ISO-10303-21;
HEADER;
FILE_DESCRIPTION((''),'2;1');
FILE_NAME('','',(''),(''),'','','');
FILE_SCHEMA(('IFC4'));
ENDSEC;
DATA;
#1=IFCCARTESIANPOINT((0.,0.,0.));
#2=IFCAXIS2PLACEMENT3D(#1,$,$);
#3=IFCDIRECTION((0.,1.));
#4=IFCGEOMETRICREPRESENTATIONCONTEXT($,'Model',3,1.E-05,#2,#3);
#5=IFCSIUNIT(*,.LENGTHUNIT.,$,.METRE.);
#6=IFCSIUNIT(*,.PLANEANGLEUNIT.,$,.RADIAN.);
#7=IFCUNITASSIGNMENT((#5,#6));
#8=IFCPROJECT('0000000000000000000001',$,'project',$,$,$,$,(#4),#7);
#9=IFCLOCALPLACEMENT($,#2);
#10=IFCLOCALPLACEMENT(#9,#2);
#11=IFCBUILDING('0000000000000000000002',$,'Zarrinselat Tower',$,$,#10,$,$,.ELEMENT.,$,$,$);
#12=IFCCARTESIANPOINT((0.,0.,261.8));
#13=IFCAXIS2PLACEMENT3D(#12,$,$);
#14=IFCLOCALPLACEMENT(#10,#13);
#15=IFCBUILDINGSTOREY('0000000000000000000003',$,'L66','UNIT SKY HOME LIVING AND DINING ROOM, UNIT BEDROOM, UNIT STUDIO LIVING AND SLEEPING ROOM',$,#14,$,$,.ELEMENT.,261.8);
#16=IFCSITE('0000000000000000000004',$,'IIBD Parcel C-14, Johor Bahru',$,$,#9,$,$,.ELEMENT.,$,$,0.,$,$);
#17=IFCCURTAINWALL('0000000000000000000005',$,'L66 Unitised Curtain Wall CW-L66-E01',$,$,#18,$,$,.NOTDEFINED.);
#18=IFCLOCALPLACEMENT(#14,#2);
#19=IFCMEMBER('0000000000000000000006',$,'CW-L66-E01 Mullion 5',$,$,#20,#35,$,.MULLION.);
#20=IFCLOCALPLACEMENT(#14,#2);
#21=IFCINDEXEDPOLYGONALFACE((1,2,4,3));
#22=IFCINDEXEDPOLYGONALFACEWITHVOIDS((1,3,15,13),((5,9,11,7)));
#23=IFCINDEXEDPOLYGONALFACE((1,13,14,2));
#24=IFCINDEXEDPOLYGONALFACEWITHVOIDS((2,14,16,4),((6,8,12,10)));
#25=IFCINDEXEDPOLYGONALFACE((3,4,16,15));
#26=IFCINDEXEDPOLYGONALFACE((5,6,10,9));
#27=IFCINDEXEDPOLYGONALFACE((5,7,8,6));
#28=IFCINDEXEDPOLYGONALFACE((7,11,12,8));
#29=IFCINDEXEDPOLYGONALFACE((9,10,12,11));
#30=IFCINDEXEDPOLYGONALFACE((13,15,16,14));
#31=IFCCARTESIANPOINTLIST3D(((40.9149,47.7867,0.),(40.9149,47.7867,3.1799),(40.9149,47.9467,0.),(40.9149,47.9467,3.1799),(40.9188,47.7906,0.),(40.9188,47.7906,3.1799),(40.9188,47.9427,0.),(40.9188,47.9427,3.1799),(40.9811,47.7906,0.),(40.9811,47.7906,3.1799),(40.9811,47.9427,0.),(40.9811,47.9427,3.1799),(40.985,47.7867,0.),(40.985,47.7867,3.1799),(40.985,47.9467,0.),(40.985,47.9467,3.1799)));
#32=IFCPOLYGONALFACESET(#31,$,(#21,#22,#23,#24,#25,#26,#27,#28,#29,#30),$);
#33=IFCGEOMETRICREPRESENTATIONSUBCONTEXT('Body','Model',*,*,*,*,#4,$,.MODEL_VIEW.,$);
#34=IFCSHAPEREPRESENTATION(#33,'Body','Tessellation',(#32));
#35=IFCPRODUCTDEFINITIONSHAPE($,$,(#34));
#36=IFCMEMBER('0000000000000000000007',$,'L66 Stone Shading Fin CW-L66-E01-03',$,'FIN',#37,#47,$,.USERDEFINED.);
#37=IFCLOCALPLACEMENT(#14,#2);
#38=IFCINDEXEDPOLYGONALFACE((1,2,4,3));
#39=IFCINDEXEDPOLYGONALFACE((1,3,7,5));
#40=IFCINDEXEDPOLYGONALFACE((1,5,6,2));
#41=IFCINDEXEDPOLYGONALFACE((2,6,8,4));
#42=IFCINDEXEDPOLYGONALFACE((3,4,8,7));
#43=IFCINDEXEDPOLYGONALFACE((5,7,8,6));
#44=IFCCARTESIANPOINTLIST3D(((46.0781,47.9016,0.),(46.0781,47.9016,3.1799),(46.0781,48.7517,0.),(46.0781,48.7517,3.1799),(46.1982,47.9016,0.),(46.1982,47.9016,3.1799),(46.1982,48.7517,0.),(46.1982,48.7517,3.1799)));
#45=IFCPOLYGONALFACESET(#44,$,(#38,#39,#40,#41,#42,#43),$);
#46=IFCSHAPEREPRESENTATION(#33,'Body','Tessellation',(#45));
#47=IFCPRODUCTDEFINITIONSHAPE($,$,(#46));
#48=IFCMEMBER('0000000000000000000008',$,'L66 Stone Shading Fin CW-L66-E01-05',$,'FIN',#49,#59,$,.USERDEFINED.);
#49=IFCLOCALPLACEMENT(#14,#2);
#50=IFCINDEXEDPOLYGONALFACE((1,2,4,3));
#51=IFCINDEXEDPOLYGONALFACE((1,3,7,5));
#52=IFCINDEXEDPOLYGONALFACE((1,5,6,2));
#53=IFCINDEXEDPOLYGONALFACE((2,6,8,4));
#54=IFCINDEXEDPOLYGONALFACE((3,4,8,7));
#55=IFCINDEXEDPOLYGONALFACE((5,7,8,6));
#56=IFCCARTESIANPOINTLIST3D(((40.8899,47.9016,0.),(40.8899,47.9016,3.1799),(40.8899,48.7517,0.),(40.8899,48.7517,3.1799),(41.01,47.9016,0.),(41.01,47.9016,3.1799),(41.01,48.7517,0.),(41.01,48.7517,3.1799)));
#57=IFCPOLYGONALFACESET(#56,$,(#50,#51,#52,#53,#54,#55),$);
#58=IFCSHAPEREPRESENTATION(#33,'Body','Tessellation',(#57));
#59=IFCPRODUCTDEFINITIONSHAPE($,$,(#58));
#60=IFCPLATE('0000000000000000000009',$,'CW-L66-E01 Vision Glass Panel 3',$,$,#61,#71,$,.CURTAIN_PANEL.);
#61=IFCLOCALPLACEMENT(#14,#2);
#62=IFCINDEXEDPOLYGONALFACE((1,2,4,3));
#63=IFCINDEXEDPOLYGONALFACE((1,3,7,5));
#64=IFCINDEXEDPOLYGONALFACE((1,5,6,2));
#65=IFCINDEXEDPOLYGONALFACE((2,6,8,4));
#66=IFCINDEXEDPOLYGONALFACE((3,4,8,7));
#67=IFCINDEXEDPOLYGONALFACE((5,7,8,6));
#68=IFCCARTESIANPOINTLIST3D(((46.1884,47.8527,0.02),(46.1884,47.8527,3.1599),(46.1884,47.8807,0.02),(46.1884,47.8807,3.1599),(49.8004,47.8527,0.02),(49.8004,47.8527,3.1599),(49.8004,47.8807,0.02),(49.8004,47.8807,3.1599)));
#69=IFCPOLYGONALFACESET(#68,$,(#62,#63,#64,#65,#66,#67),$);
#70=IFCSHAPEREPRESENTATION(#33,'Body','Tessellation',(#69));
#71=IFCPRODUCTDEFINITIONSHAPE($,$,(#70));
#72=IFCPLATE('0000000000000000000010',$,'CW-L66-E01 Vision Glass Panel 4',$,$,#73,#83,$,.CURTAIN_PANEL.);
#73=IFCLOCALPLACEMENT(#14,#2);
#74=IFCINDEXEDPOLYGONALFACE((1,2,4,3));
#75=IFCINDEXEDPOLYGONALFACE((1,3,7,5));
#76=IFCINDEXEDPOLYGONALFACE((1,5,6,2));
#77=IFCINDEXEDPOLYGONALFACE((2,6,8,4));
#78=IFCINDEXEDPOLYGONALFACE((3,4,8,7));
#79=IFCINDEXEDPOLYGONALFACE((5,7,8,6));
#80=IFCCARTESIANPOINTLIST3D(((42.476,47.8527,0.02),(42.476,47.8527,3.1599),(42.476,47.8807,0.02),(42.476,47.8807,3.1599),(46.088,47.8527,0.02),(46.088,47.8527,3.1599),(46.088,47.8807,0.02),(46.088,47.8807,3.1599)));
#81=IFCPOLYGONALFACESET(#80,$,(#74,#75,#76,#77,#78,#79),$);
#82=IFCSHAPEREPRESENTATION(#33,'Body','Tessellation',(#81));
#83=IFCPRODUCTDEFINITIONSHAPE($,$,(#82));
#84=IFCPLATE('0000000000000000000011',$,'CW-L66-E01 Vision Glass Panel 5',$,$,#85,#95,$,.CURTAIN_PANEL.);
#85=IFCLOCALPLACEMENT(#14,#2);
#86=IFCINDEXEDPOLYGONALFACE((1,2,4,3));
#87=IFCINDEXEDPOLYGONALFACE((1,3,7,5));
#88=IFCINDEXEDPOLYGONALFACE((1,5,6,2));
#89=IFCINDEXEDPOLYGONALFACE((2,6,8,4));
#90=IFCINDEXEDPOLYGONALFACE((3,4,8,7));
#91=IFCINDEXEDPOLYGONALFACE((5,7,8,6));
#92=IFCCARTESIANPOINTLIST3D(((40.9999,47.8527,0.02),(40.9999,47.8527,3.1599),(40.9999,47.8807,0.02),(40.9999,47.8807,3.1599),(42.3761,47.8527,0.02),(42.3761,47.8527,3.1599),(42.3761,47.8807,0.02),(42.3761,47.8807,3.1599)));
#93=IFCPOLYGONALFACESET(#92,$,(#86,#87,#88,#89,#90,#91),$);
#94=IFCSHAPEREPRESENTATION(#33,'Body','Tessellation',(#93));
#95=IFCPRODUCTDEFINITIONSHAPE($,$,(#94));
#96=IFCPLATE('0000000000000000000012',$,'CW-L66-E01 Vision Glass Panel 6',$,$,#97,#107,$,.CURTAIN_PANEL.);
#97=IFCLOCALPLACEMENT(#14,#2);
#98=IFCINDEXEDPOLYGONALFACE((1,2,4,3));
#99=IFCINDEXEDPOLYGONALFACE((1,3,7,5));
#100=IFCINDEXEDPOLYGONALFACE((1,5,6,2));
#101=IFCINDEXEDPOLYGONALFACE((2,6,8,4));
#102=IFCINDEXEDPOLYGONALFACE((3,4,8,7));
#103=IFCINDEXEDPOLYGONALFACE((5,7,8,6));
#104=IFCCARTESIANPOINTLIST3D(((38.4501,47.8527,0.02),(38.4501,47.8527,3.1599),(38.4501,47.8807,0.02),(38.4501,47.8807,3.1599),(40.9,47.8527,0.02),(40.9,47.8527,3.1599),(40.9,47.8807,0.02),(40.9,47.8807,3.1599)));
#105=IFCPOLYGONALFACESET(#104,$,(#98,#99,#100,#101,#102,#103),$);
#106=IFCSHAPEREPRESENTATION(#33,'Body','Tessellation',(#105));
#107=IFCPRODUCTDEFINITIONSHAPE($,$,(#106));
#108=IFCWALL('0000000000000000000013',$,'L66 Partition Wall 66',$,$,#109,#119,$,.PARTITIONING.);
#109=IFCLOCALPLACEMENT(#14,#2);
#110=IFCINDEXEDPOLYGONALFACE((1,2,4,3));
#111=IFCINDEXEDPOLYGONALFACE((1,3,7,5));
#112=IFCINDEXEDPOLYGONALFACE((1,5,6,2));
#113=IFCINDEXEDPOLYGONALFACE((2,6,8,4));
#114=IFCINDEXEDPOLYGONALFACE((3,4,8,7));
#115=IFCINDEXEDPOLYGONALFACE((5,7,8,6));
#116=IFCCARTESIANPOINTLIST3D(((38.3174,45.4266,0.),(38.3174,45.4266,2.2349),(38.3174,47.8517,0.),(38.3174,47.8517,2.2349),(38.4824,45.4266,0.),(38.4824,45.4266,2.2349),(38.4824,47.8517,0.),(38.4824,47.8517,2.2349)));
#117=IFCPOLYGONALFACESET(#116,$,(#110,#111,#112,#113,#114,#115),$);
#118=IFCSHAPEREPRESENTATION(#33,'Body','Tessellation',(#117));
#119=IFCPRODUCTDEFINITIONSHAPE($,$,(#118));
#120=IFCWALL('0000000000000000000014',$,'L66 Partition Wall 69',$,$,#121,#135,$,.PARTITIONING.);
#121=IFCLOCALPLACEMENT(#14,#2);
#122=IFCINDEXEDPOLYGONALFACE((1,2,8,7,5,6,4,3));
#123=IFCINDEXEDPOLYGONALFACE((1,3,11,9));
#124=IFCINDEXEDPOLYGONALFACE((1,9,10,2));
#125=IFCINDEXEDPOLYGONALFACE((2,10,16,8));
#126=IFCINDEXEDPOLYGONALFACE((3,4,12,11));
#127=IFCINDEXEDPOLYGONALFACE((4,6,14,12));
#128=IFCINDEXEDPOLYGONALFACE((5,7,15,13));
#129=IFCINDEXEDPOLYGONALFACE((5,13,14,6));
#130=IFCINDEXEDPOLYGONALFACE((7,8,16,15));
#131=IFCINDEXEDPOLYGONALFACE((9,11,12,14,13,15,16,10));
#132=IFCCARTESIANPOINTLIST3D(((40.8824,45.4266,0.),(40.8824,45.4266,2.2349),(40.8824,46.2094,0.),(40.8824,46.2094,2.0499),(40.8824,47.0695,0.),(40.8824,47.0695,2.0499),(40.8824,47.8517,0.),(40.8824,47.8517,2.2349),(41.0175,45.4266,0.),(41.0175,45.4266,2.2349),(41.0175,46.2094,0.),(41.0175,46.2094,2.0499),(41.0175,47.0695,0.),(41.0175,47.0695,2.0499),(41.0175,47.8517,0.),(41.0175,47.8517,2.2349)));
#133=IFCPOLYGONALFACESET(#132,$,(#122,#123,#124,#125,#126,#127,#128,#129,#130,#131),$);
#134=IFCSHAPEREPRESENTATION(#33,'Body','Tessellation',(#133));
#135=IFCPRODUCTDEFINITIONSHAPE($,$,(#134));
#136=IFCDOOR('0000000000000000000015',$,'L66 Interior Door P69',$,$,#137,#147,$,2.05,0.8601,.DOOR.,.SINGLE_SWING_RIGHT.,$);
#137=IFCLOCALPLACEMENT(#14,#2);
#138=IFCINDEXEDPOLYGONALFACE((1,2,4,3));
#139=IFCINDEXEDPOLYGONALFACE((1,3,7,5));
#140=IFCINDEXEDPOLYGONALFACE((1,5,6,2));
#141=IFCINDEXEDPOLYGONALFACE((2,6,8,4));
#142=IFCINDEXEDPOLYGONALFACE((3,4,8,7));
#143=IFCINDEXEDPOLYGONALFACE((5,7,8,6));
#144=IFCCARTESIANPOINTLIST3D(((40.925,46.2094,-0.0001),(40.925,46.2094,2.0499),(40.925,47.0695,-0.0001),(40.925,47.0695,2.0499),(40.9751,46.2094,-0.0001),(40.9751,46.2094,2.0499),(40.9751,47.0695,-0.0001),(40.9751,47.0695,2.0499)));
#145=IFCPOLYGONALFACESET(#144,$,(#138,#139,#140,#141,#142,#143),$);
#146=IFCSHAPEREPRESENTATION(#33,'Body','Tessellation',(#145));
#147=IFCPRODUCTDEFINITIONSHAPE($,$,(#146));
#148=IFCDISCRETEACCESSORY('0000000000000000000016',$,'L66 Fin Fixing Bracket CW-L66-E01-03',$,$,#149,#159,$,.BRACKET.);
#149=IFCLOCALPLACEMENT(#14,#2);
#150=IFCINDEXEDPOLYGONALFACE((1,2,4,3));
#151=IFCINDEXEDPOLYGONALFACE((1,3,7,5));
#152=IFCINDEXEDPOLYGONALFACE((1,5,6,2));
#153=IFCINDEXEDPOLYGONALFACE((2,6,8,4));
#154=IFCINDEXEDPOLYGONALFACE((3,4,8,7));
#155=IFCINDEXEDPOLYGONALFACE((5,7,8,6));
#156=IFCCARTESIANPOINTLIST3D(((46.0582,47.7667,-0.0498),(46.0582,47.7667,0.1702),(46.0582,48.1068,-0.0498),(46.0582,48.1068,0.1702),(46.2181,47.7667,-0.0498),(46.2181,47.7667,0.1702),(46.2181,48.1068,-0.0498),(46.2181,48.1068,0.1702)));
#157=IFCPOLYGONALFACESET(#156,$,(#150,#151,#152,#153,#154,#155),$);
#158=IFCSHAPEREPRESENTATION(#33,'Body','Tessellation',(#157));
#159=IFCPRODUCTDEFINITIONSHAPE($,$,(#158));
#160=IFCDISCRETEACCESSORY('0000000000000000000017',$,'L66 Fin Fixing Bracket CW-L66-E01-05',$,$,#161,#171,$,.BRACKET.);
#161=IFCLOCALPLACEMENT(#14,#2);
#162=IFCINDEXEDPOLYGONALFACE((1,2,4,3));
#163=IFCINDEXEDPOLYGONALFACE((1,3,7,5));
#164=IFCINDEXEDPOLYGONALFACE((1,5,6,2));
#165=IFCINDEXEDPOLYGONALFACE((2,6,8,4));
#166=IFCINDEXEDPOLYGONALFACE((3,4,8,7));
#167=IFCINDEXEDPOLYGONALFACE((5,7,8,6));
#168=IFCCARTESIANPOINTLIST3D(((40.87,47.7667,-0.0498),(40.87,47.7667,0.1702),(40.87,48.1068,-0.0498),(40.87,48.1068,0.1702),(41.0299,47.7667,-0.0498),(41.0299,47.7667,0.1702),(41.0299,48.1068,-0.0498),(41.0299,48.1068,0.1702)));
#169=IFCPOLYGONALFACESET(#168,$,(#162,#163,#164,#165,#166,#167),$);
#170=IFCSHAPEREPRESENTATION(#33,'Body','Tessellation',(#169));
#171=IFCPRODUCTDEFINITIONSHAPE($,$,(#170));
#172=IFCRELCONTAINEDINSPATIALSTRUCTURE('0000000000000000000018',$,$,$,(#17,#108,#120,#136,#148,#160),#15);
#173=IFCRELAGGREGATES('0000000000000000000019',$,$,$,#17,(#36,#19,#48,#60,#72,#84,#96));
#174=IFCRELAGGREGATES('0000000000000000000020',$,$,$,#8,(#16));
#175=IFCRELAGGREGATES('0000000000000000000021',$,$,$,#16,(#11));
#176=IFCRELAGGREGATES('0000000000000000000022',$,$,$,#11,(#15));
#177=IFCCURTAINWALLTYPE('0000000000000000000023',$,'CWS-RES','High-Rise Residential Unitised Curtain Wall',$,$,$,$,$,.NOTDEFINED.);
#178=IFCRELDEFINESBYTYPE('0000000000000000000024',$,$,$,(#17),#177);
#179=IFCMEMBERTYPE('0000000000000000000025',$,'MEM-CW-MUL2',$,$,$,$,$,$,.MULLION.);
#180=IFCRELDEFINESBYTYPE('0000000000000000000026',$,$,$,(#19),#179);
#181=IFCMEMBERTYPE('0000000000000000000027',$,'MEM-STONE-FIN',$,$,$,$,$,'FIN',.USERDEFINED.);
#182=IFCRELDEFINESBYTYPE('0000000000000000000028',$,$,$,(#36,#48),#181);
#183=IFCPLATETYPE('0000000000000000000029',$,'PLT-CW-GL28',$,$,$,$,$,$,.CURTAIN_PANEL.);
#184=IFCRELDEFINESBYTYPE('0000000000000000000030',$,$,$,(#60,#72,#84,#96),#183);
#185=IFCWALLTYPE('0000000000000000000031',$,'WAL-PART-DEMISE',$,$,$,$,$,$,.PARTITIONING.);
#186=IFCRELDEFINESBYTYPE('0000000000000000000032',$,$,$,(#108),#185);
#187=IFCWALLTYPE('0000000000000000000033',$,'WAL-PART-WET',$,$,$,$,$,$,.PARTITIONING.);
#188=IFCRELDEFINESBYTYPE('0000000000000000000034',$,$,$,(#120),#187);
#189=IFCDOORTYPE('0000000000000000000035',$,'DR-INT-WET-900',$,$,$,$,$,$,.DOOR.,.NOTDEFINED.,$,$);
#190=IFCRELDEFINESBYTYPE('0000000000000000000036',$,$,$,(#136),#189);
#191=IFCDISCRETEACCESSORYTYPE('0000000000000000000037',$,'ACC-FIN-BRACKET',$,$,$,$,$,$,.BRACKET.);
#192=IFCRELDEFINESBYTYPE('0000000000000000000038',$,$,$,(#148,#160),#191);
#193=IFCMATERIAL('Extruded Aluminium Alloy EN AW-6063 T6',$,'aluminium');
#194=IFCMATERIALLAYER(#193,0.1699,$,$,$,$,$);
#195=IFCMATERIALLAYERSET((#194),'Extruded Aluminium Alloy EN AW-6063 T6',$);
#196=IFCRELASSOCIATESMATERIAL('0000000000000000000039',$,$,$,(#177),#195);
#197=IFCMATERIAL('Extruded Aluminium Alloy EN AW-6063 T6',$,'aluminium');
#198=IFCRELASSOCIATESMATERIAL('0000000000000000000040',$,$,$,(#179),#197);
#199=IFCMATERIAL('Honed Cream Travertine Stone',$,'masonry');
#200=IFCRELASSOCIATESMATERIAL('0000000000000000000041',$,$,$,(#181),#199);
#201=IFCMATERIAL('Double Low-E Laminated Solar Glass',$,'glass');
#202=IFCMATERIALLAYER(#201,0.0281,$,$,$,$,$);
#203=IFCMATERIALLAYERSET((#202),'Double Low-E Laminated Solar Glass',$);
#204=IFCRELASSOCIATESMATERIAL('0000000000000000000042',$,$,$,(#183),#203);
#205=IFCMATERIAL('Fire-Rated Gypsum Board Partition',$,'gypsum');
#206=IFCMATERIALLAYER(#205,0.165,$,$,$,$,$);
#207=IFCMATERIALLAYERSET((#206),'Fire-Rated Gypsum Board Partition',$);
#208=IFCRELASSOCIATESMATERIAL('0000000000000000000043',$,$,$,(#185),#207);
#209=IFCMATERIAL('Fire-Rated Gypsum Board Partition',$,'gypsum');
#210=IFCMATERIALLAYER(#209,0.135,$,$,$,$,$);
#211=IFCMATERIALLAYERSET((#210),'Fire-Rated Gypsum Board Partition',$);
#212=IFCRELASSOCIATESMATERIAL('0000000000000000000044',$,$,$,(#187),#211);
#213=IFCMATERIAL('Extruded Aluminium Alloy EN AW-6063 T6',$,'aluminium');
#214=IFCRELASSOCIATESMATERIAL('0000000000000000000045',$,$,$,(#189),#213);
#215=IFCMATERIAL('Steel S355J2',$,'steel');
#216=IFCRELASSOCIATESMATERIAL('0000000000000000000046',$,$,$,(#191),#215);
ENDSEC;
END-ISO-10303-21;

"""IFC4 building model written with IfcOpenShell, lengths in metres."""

from ifc_helpers import new_model, si_unit, direction, frame, frame_2d, origin, origin_2d, place, context, subcontext, project, spatial, rectangle, hollow_rectangle, extrude, material, layer, layer_set, material_profile, profile_set, type_object, element, fill, aggregate, save


model = new_model("IFC4")

# Units and contexts
model_context = context("Model", 3, precision=1e-05, world=origin(), true_north=direction((0.0, 1.0)))
body_context = subcontext(model_context, "Body", "Model", "MODEL_VIEW")
ifc_project = project(units=[si_unit("LENGTHUNIT", "METRE"), si_unit("PLANEANGLEUNIT", "RADIAN")], contexts=[model_context])

# Site, building, storey
site_placement = place(None, origin())
site = spatial("IfcSite", under=ifc_project, at=site_placement, Name="IIBD Parcel C-14, Johor Bahru", CompositionType="ELEMENT", RefElevation=0.0)
building_placement = place(site_placement, origin())
building = spatial("IfcBuilding", under=site, at=building_placement, Name="Zarrinselat Tower", CompositionType="ELEMENT")
storey_placement = place(building_placement, frame((0.0, 0.0, 261.8)))
storey = spatial("IfcBuildingStorey", under=building, at=storey_placement, Name="L66", Description="UNIT SKY HOME LIVING AND DINING ROOM, UNIT BEDROOM, UNIT STUDIO LIVING AND SLEEPING ROOM", CompositionType="ELEMENT", Elevation=261.8)

# Curtain wall, members, plates
ifc_material_1 = material(Name="Extruded Aluminium Alloy EN AW-6063 T6", Category="aluminium")
ifc_layer_1 = layer(ifc_material_1, 0.1699)
ifc_layer_set_1 = layer_set([ifc_layer_1], Name="Extruded Aluminium Alloy EN AW-6063 T6")
curtain_wall_type = type_object("IfcCurtainWallType", Name="CWS-RES", Description="High-Rise Residential Unitised Curtain Wall", PredefinedType="NOTDEFINED", material=ifc_layer_set_1)
curtain_wall_placement = place(storey_placement, origin())
curtain_wall = element("IfcCurtainWall", 1, at=curtain_wall_placement, inside=storey, type_object=curtain_wall_type, Name="L66 Unitised Curtain Wall CW-L66-E01", PredefinedType="NOTDEFINED")
ifc_material_2 = material(Name="Extruded Aluminium Alloy EN AW-6063 T6", Category="aluminium")
ifc_material_profile_1 = material_profile(ifc_material_2, hollow_rectangle(XDim=0.0701, YDim=0.1599, WallThickness=0.0039, at=origin_2d()), Name="RHS 160x70x4")
ifc_profile_set_1 = profile_set([ifc_material_profile_1], Name="Extruded Aluminium Alloy EN AW-6063 T6")
member_type_1 = type_object("IfcMemberType", Name="MEM-CW-MUL2", PredefinedType="MULLION", material=ifc_profile_set_1)
member_1_placement = place(storey_placement, frame((40.95, 47.8667, 0.0), z_axis=(0.0, 0.0, 1.0), x_axis=(-1.0, 0.0, 0.0)))
member_1 = element("IfcMember", 2, at=member_1_placement, type_object=member_type_1, Name="CW-L66-E01 Mullion 5", PredefinedType="MULLION", context=body_context, shape_type="SweptSolid", body=[
    extrude(hollow_rectangle(XDim=0.0701, YDim=0.1599, WallThickness=0.0039, at=origin_2d()), origin(), (0.0, 0.0, 1.0), 3.1799),
])
ifc_material_3 = material(Name="Honed Cream Travertine Stone", Category="masonry")
ifc_material_profile_2 = material_profile(ifc_material_3, rectangle(XDim=0.1201, YDim=0.8501, at=origin_2d()), Name="FIN 850x120")
ifc_profile_set_2 = profile_set([ifc_material_profile_2], Name="Honed Cream Travertine Stone")
member_type_2 = type_object("IfcMemberType", Name="MEM-STONE-FIN", ElementType="FIN", PredefinedType="USERDEFINED", material=ifc_profile_set_2)
member_2_placement = place(storey_placement, frame((46.1382, 48.3267, 0.0), z_axis=(0.0, 0.0, 1.0), x_axis=(1.0, 0.0, 0.0)))
member_2 = element("IfcMember", 3, at=member_2_placement, type_object=member_type_2, Name="L66 Stone Shading Fin CW-L66-E01-03", ObjectType="FIN", PredefinedType="USERDEFINED", context=body_context, shape_type="SweptSolid", body=[
    extrude(rectangle(XDim=0.1201, YDim=0.8501, at=origin_2d()), origin(), (0.0, 0.0, 1.0), 3.1799),
])
member_3_placement = place(storey_placement, frame((40.95, 48.3267, 0.0), z_axis=(0.0, 0.0, 1.0), x_axis=(1.0, 0.0, 0.0)))
member_3 = element("IfcMember", 4, at=member_3_placement, type_object=member_type_2, Name="L66 Stone Shading Fin CW-L66-E01-05", ObjectType="FIN", PredefinedType="USERDEFINED", context=body_context, shape_type="SweptSolid", body=[
    extrude(rectangle(XDim=0.1201, YDim=0.8501, at=origin_2d()), origin(), (0.0, 0.0, 1.0), 3.1799),
])
ifc_material_4 = material(Name="Double Low-E Laminated Solar Glass", Category="glass")
ifc_layer_2 = layer(ifc_material_4, 0.0281)
ifc_layer_set_2 = layer_set([ifc_layer_2], Name="Double Low-E Laminated Solar Glass")
plate_type = type_object("IfcPlateType", Name="PLT-CW-GL28", PredefinedType="CURTAIN_PANEL", material=ifc_layer_set_2)
plate_1_placement = place(storey_placement, frame((47.9944, 47.8667, 0.02), z_axis=(0.0, 0.0, 1.0), x_axis=(-1.0, 0.0, 0.0)))
plate_1 = element("IfcPlate", 5, at=plate_1_placement, type_object=plate_type, Name="CW-L66-E01 Vision Glass Panel 3", PredefinedType="CURTAIN_PANEL", context=body_context, shape_type="SweptSolid", body=[
    extrude(rectangle(XDim=3.6121, YDim=0.0281, at=origin_2d()), origin(), (0.0, 0.0, 1.0), 3.1399),
])
plate_2_placement = place(storey_placement, frame((44.282, 47.8667, 0.02), z_axis=(0.0, 0.0, 1.0), x_axis=(-1.0, 0.0, 0.0)))
plate_2 = element("IfcPlate", 6, at=plate_2_placement, type_object=plate_type, Name="CW-L66-E01 Vision Glass Panel 4", PredefinedType="CURTAIN_PANEL", context=body_context, shape_type="SweptSolid", body=[
    extrude(rectangle(XDim=3.6121, YDim=0.0281, at=origin_2d()), origin(), (0.0, 0.0, 1.0), 3.1399),
])
plate_3_placement = place(storey_placement, frame((41.688, 47.8667, 0.02), z_axis=(0.0, 0.0, 1.0), x_axis=(-1.0, 0.0, 0.0)))
plate_3 = element("IfcPlate", 7, at=plate_3_placement, type_object=plate_type, Name="CW-L66-E01 Vision Glass Panel 5", PredefinedType="CURTAIN_PANEL", context=body_context, shape_type="SweptSolid", body=[
    extrude(rectangle(XDim=1.3762, YDim=0.0281, at=origin_2d()), origin(), (0.0, 0.0, 1.0), 3.1399),
])
plate_4_placement = place(storey_placement, frame((39.675, 47.8667, 0.02), z_axis=(0.0, 0.0, 1.0), x_axis=(-1.0, 0.0, 0.0)))
plate_4 = element("IfcPlate", 8, at=plate_4_placement, type_object=plate_type, Name="CW-L66-E01 Vision Glass Panel 6", PredefinedType="CURTAIN_PANEL", context=body_context, shape_type="SweptSolid", body=[
    extrude(rectangle(XDim=2.45, YDim=0.0281, at=origin_2d()), origin(), (0.0, 0.0, 1.0), 3.1399),
])
aggregate(curtain_wall, [member_2, member_1, member_3, plate_1, plate_2, plate_3, plate_4])

# Wall
ifc_material_5 = material(Name="Fire-Rated Gypsum Board Partition", Category="gypsum")
ifc_layer_3 = layer(ifc_material_5, 0.165)
ifc_layer_set_3 = layer_set([ifc_layer_3], Name="Fire-Rated Gypsum Board Partition")
wall_type_1 = type_object("IfcWallType", Name="WAL-PART-DEMISE", PredefinedType="PARTITIONING", material=ifc_layer_set_3)
wall_1_placement = place(storey_placement, frame((38.3999, 45.4268, 0.0), z_axis=(0.0, 0.0, 1.0), x_axis=(0.0, 1.0, 0.0)))
element("IfcWall", 9, at=wall_1_placement, inside=storey, type_object=wall_type_1, Name="L66 Partition Wall 66", PredefinedType="PARTITIONING", context=body_context, shape_type="SweptSolid", body=[
    extrude(rectangle(XDim=2.425, YDim=0.165, at=frame_2d((1.2124, 0.0))), origin(), (0.0, 0.0, 1.0), 2.2349),
])

# Wall, opening, door
ifc_material_6 = material(Name="Fire-Rated Gypsum Board Partition", Category="gypsum")
ifc_layer_4 = layer(ifc_material_6, 0.135)
ifc_layer_set_4 = layer_set([ifc_layer_4], Name="Fire-Rated Gypsum Board Partition")
wall_type_2 = type_object("IfcWallType", Name="WAL-PART-WET", PredefinedType="PARTITIONING", material=ifc_layer_set_4)
wall_2_placement = place(storey_placement, frame((40.95, 45.4268, 0.0), z_axis=(0.0, 0.0, 1.0), x_axis=(0.0, 1.0, 0.0)))
wall_2 = element("IfcWall", 10, at=wall_2_placement, inside=storey, type_object=wall_type_2, Name="L66 Partition Wall 69", PredefinedType="PARTITIONING", context=body_context, shape_type="SweptSolid", body=[
    extrude(rectangle(XDim=2.425, YDim=0.135, at=frame_2d((1.2124, 0.0))), origin(), (0.0, 0.0, 1.0), 2.2349),
])
opening_placement = place(wall_2_placement, frame((0.7825, 0.0, 0.0)))
opening = element("IfcOpeningElement", 11, at=opening_placement, cuts=wall_2, PredefinedType="OPENING", context=body_context, shape_type="SweptSolid", body=[
    extrude(rectangle(XDim=0.8601, YDim=2.05, at=frame_2d((0.4302, 1.0249))), frame((0.0, 0.0774, 0.0), z_axis=(0.0, -1.0, 0.0), x_axis=(1.0, 0.0, 0.0)), (0.0, 0.0, 1.0), 0.155),
])
ifc_material_7 = material(Name="Extruded Aluminium Alloy EN AW-6063 T6", Category="aluminium")
door_type = type_object("IfcDoorType", Name="DR-INT-WET-900", OperationType="NOTDEFINED", PredefinedType="DOOR", material=ifc_material_7)
door_placement = place(opening_placement, origin())
door = element("IfcDoor", 12, at=door_placement, inside=storey, type_object=door_type, Name="L66 Interior Door P69", OperationType="SINGLE_SWING_RIGHT", OverallHeight=2.05, OverallWidth=0.8601, PredefinedType="DOOR", context=body_context, shape_type="SweptSolid", body=[
    extrude(rectangle(XDim=0.8601, YDim=2.05, at=frame_2d((0.4302, 1.0249))), frame((0.0, 0.0249, 0.0), z_axis=(0.0, -1.0, 0.0), x_axis=(1.0, 0.0, 0.0)), (0.0, 0.0, 1.0), 0.05),
])
fill(opening, door)

# Discrete accessories
ifc_material_8 = material(Name="Steel S355J2", Category="steel")
discrete_accessory_type = type_object("IfcDiscreteAccessoryType", Name="ACC-FIN-BRACKET", PredefinedType="BRACKET", material=ifc_material_8)
for number, where, z_axis, x_axis, name in (
    (13, (46.1382, 47.9368, -0.0498), (0.0, 0.0, 1.0), (0.0, 1.0, 0.0), "L66 Fin Fixing Bracket CW-L66-E01-03"),
    (14, (40.95, 47.9368, -0.0498), (0.0, 0.0, 1.0), (0.0, 1.0, 0.0), "L66 Fin Fixing Bracket CW-L66-E01-05"),
):
    element("IfcDiscreteAccessory", number, at=place(storey_placement, frame(where, z_axis=z_axis, x_axis=x_axis)), inside=storey, type_object=discrete_accessory_type, Name=name, PredefinedType="BRACKET", context=body_context, shape_type="SweptSolid", body=[
        extrude(rectangle(XDim=0.3401, YDim=0.1599, at=origin_2d()), origin(), (0.0, 0.0, 1.0), 0.22),
    ])

save(model, "model.ifc")
